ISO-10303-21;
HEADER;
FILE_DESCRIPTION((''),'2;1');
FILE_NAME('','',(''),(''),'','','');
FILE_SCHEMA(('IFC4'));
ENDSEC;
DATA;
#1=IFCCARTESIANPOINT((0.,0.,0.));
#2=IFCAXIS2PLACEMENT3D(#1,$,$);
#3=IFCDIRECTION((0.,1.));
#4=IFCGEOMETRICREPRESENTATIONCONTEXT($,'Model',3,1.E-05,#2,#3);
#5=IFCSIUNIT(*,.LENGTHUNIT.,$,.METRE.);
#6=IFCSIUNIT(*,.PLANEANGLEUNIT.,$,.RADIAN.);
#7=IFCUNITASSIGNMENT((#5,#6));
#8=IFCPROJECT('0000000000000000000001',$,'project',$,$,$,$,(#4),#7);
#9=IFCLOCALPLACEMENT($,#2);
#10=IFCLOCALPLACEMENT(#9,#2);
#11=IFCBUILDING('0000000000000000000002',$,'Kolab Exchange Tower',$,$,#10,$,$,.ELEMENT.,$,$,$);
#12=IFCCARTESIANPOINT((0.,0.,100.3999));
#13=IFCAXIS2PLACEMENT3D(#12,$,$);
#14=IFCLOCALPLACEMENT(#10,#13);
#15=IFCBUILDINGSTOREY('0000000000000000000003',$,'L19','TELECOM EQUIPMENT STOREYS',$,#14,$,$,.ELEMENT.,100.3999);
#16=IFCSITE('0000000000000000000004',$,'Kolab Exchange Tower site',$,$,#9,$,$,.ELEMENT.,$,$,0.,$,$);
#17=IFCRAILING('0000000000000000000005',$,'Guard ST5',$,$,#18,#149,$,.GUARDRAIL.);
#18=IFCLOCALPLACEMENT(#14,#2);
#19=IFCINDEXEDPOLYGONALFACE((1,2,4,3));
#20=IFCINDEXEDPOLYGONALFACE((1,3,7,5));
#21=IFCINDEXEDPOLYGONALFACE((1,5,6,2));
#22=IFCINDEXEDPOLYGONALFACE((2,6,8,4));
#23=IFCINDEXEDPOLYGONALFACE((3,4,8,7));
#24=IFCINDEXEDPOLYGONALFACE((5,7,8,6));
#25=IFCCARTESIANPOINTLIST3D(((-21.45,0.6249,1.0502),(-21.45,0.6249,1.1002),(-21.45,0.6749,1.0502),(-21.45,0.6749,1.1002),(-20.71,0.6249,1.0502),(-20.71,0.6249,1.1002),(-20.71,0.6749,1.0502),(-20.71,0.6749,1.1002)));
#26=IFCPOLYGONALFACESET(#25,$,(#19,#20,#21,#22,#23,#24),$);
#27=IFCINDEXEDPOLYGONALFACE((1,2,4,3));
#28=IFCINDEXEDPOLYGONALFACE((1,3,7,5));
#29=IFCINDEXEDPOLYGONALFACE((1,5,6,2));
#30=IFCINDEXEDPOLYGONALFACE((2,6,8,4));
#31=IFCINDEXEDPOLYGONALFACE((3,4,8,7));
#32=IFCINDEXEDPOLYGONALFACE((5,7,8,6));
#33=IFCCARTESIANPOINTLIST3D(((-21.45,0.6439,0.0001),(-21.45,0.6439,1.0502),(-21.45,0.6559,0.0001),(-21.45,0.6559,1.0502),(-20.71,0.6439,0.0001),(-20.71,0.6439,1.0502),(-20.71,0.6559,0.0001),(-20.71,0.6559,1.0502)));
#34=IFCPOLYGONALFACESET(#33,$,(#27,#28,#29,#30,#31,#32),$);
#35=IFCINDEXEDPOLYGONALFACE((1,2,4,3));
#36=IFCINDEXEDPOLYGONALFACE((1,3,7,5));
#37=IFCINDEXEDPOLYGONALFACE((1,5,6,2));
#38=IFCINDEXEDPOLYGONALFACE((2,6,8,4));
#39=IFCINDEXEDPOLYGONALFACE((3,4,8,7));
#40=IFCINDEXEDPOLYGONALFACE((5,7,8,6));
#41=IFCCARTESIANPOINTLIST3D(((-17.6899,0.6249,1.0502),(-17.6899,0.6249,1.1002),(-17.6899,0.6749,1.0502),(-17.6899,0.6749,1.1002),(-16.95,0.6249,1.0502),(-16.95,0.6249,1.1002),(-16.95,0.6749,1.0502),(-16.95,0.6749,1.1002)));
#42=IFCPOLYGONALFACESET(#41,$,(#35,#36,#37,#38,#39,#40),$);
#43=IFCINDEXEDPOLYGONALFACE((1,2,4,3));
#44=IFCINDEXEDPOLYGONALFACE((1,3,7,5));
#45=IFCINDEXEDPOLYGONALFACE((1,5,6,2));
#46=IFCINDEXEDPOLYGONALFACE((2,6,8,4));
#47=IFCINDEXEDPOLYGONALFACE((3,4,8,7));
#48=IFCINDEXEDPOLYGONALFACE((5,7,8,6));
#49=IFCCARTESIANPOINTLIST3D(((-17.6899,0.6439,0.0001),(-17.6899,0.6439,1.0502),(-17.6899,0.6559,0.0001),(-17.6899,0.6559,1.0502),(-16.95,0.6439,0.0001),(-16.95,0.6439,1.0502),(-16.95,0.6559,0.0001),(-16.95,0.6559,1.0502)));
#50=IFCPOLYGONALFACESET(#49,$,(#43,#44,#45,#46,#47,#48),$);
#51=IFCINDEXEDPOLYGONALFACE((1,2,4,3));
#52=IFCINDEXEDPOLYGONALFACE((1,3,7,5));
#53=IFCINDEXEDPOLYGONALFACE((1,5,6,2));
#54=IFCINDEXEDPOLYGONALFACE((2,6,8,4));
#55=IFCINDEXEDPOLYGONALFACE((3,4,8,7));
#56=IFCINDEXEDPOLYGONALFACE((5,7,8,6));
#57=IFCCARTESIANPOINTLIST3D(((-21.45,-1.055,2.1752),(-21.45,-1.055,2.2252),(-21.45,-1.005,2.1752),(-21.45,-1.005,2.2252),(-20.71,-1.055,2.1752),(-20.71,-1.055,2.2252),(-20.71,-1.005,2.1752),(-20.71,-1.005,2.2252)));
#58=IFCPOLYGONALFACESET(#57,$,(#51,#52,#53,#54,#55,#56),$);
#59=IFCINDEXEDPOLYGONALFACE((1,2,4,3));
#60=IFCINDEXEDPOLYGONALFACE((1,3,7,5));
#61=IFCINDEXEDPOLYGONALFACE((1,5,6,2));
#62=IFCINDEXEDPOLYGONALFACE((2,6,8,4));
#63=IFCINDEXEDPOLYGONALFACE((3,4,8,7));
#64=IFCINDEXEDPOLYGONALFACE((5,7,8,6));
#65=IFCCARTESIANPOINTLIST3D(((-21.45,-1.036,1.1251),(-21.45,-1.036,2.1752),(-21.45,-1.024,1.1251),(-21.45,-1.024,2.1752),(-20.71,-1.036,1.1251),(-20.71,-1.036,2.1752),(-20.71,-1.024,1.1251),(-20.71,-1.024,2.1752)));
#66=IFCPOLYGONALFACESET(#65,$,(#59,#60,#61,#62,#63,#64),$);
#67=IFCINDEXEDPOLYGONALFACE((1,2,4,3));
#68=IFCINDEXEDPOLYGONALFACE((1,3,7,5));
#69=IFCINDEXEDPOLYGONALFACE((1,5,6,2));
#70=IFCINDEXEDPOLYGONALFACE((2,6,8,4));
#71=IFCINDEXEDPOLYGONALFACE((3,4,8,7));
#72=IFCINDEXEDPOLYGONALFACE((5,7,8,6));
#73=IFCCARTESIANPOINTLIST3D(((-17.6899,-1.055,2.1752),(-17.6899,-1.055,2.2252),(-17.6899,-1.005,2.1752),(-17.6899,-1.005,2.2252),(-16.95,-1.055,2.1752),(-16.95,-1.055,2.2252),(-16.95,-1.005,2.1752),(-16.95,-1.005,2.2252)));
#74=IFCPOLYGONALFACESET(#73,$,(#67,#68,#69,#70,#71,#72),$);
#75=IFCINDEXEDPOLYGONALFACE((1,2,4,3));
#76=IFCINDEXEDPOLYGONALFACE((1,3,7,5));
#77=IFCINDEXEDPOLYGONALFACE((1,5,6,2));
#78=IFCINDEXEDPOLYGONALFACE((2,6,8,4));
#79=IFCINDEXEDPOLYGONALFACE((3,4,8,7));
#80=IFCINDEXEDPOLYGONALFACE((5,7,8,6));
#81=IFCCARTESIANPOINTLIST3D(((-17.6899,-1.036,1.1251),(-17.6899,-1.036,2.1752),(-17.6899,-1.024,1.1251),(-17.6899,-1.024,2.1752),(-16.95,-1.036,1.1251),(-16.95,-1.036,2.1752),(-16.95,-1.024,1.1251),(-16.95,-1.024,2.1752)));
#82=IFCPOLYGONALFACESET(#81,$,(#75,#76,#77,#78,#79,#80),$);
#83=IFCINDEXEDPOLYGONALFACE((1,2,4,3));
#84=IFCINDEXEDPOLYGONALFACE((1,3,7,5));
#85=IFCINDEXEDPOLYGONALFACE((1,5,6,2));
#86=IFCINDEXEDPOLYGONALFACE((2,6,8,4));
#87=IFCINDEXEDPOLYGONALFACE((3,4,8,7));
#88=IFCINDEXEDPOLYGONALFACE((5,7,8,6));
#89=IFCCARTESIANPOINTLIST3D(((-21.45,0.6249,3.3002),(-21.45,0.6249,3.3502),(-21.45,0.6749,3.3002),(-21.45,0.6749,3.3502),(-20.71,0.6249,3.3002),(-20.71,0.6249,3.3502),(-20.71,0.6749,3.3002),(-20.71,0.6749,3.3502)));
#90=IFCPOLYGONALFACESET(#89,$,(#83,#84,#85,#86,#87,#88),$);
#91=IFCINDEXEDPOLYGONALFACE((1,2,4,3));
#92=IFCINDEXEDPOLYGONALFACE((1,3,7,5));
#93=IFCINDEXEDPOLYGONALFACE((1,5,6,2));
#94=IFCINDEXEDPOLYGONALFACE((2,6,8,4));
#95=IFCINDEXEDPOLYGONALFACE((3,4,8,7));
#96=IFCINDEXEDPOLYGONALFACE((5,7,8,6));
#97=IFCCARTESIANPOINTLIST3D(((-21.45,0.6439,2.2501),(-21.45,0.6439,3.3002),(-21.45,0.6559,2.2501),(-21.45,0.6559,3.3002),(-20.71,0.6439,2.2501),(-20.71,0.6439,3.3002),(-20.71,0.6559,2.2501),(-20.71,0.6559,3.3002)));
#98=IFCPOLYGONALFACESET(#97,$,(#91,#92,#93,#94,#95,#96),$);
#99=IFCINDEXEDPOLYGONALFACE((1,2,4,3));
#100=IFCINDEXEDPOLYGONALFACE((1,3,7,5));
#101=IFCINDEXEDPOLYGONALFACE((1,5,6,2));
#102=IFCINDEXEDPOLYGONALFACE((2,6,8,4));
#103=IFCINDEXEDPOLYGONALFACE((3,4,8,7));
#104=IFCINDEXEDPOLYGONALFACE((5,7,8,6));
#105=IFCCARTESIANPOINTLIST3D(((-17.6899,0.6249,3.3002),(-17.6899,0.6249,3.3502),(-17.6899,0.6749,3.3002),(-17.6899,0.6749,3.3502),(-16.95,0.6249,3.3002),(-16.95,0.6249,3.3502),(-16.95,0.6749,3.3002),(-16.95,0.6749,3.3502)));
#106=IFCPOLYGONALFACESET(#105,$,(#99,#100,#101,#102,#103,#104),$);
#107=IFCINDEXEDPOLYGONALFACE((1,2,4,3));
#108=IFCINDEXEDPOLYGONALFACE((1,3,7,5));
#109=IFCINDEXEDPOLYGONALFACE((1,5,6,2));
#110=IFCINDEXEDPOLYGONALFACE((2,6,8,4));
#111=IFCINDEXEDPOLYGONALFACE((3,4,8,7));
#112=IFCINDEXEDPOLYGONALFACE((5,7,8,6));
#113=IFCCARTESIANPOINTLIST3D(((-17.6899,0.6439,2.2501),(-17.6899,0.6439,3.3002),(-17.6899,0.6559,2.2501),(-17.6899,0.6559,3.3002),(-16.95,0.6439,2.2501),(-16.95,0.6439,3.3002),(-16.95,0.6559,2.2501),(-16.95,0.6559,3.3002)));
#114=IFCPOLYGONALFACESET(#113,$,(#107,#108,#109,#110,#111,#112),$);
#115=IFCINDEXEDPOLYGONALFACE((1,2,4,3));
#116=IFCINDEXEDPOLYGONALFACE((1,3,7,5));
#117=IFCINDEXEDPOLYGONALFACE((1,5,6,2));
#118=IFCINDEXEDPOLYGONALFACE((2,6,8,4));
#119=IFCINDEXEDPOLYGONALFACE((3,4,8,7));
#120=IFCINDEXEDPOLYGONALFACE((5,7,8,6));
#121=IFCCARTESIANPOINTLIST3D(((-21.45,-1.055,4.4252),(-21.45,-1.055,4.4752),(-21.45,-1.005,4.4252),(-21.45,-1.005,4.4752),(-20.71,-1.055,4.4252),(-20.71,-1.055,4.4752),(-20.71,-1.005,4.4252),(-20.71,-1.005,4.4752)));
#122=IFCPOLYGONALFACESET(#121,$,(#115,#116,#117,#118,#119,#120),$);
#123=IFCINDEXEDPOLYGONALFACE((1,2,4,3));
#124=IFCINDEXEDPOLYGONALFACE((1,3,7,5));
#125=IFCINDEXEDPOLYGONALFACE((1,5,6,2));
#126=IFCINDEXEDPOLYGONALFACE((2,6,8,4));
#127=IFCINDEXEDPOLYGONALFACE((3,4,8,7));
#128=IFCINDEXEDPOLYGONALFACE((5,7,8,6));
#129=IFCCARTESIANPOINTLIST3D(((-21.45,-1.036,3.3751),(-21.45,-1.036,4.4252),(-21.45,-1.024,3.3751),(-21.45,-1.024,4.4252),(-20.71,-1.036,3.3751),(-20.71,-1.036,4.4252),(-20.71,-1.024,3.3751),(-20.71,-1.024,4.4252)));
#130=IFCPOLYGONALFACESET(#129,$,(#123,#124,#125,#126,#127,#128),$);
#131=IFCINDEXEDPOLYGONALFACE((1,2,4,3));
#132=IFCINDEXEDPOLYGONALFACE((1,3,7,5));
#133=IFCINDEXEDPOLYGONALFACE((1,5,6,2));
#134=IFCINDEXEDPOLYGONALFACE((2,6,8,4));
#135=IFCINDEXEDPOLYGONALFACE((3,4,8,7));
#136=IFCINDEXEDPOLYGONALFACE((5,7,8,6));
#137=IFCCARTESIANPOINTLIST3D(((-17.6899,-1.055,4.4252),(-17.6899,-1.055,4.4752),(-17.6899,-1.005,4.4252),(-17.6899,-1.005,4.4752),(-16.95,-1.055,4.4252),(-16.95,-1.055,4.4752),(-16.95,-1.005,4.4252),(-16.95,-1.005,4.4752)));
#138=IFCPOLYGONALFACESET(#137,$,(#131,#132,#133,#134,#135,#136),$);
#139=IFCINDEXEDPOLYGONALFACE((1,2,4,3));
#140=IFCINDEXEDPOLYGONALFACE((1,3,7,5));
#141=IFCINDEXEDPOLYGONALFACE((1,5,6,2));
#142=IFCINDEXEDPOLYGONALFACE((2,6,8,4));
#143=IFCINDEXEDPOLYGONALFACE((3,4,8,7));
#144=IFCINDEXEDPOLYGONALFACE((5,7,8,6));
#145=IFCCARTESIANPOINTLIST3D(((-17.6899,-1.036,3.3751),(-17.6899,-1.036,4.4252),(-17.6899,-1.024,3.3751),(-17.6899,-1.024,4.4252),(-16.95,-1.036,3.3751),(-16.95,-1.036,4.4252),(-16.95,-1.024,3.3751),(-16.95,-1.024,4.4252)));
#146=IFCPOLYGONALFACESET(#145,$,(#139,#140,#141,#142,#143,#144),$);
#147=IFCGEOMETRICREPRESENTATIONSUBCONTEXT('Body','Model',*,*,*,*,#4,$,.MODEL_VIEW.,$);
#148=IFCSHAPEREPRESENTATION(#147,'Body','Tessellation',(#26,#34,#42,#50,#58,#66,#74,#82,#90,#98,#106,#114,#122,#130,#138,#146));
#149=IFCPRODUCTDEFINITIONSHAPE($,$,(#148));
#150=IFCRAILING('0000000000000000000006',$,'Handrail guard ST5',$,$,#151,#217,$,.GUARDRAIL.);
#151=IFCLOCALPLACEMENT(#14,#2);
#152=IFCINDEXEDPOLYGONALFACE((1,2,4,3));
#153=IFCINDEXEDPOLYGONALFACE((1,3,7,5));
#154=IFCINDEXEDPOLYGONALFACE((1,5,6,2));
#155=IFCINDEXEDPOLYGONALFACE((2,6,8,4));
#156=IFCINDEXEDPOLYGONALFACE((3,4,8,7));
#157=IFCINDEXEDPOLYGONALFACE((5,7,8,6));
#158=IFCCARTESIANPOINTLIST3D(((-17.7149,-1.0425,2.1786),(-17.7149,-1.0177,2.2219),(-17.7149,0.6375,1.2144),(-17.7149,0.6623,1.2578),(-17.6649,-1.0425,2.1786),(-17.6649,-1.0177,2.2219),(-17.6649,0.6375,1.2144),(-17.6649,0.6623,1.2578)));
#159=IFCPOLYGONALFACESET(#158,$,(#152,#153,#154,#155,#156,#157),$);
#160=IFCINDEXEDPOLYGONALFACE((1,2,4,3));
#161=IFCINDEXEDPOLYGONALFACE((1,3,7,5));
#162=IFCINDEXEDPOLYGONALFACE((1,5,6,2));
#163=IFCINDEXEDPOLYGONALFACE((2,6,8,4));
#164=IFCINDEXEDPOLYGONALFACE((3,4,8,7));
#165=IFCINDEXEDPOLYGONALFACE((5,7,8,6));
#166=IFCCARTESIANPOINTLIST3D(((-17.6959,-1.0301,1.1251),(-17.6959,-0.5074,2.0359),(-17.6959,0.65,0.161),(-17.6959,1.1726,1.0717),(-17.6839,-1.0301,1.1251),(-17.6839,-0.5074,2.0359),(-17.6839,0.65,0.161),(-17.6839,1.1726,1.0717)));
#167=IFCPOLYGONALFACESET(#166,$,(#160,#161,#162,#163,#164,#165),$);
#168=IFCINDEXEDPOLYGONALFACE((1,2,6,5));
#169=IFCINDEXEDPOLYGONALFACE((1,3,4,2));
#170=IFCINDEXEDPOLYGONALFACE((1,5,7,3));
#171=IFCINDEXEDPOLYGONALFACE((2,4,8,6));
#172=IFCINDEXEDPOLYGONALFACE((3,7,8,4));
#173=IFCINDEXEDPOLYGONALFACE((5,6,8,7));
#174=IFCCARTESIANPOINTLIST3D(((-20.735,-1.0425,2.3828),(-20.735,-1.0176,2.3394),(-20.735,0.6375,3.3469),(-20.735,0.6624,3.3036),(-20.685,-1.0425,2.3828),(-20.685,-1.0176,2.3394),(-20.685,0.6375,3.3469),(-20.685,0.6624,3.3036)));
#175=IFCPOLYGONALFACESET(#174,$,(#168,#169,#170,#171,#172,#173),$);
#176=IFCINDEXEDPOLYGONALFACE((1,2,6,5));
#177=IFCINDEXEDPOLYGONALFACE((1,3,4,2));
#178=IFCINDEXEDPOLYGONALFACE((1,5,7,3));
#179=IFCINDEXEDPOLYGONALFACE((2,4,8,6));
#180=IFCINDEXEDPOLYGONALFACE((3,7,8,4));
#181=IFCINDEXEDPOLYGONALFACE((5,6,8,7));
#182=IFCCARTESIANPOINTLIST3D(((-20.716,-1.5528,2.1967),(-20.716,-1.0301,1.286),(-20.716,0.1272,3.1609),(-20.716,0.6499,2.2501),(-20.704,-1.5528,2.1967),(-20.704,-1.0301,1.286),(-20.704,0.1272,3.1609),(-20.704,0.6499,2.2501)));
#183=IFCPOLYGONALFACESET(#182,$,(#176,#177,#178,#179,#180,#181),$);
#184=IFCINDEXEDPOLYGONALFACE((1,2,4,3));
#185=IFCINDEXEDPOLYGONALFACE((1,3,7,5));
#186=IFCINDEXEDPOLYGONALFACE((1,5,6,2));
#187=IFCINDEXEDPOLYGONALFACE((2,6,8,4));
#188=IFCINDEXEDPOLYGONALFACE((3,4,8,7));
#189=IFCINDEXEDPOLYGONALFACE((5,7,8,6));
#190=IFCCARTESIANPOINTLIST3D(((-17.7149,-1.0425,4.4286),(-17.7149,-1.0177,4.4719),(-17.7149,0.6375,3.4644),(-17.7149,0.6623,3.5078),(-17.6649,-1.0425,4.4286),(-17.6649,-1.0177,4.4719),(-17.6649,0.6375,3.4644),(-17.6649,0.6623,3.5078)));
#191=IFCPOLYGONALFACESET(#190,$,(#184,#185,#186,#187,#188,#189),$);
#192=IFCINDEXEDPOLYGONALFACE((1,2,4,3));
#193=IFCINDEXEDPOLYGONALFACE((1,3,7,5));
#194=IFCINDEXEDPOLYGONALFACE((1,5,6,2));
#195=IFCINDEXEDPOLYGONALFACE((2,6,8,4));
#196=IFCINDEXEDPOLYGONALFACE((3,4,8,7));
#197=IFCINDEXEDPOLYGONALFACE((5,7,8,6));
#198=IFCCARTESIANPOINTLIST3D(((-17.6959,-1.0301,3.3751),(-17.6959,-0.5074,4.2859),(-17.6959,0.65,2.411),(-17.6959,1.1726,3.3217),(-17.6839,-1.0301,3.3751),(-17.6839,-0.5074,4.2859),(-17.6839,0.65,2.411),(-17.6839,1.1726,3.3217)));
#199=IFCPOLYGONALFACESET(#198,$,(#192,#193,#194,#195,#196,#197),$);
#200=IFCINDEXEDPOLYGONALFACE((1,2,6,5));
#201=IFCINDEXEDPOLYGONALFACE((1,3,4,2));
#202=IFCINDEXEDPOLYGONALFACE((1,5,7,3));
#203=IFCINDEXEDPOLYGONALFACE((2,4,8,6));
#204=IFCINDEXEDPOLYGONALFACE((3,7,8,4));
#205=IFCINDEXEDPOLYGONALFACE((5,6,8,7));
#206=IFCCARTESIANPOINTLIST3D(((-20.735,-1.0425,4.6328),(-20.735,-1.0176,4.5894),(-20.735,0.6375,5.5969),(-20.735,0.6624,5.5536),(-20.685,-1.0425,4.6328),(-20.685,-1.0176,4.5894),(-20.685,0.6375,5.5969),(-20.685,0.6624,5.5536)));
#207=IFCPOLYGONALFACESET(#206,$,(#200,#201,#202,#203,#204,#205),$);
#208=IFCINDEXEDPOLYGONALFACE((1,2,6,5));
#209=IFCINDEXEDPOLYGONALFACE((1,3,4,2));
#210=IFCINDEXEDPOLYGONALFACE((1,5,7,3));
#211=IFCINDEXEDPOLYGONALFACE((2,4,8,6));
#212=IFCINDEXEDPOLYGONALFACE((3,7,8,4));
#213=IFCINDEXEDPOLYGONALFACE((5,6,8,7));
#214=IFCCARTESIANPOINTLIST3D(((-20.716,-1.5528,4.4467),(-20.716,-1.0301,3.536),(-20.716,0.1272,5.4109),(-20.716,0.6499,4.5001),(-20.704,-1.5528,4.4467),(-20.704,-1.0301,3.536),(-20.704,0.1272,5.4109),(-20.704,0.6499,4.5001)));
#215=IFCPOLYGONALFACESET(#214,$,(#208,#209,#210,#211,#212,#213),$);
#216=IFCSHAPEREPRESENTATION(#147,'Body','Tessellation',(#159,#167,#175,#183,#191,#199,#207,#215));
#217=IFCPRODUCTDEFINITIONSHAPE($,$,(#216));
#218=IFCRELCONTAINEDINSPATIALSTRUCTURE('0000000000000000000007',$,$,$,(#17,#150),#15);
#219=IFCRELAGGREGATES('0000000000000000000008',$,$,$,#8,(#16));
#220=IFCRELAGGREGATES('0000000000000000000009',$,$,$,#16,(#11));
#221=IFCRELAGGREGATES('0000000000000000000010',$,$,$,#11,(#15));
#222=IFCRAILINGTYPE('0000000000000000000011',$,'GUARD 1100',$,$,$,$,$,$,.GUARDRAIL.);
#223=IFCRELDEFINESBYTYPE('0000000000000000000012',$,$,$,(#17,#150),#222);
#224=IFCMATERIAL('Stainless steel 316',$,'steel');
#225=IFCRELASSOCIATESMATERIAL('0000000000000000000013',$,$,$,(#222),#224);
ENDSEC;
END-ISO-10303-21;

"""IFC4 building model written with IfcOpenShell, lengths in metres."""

from ifc_helpers import new_model, si_unit, direction, frame, frame_2d, origin, origin_2d, place, context, subcontext, project, spatial, rectangle, extrude, material, type_object, element, save


model = new_model("IFC4")

# Units and contexts
model_context = context("Model", 3, precision=1e-05, world=origin(), true_north=direction((0.0, 1.0)))
body_context = subcontext(model_context, "Body", "Model", "MODEL_VIEW")
ifc_project = project(units=[si_unit("LENGTHUNIT", "METRE"), si_unit("PLANEANGLEUNIT", "RADIAN")], contexts=[model_context])

# Site, building, storey
site_placement = place(None, origin())
site = spatial("IfcSite", under=ifc_project, at=site_placement, Name="Kolab Exchange Tower site", CompositionType="ELEMENT", RefElevation=0.0)
building_placement = place(site_placement, origin())
building = spatial("IfcBuilding", under=site, at=building_placement, Name="Kolab Exchange Tower", CompositionType="ELEMENT")
storey_placement = place(building_placement, frame((0.0, 0.0, 100.3999)))
storey = spatial("IfcBuildingStorey", under=building, at=storey_placement, Name="L19", Description="TELECOM EQUIPMENT STOREYS", CompositionType="ELEMENT", Elevation=100.3999)

# Railings
ifc_material_1 = material(Name="Stainless steel 316", Category="steel")
railing_type = type_object("IfcRailingType", Name="GUARD 1100", PredefinedType="GUARDRAIL", material=ifc_material_1)
railing_1_placement = place(storey_placement, frame((-21.45, 0.6499, 0.0)))
element("IfcRailing", 1, at=railing_1_placement, inside=storey, type_object=railing_type, Name="Guard ST5", PredefinedType="GUARDRAIL", context=body_context, shape_type="SweptSolid", body=[
    extrude(rectangle(XDim=0.05, YDim=0.05, at=origin_2d()), frame((0.0, 0.0, 1.0752), z_axis=(1.0, 0.0, 0.0), x_axis=(0.0, 1.0, 0.0)), (0.0, 0.0, 1.0), 0.74),
    extrude(rectangle(XDim=0.012, YDim=1.0501, at=frame_2d((0.0, 0.5251))), frame((0.0, 0.0, 0.0), z_axis=(1.0, 0.0, 0.0), x_axis=(0.0, 1.0, 0.0)), (0.0, 0.0, 1.0), 0.74),
    extrude(rectangle(XDim=0.05, YDim=0.05, at=origin_2d()), frame((3.76, 0.0, 1.0752), z_axis=(1.0, 0.0, 0.0), x_axis=(0.0, 1.0, 0.0)), (0.0, 0.0, 1.0), 0.74),
    extrude(rectangle(XDim=0.012, YDim=1.0501, at=frame_2d((0.0, 0.5251))), frame((3.76, 0.0, 0.0), z_axis=(1.0, 0.0, 0.0), x_axis=(0.0, 1.0, 0.0)), (0.0, 0.0, 1.0), 0.74),
    extrude(rectangle(XDim=0.05, YDim=0.05, at=origin_2d()), frame((0.0, -1.6799, 2.2002), z_axis=(1.0, 0.0, 0.0), x_axis=(0.0, 1.0, 0.0)), (0.0, 0.0, 1.0), 0.74),
    extrude(rectangle(XDim=0.012, YDim=1.0501, at=frame_2d((0.0, 0.5251))), frame((0.0, -1.6799, 1.125), z_axis=(1.0, 0.0, 0.0), x_axis=(0.0, 1.0, 0.0)), (0.0, 0.0, 1.0), 0.74),
    extrude(rectangle(XDim=0.05, YDim=0.05, at=origin_2d()), frame((3.76, -1.6799, 2.2002), z_axis=(1.0, 0.0, 0.0), x_axis=(0.0, 1.0, 0.0)), (0.0, 0.0, 1.0), 0.74),
    extrude(rectangle(XDim=0.012, YDim=1.0501, at=frame_2d((0.0, 0.5251))), frame((3.76, -1.6799, 1.125), z_axis=(1.0, 0.0, 0.0), x_axis=(0.0, 1.0, 0.0)), (0.0, 0.0, 1.0), 0.74),
    extrude(rectangle(XDim=0.05, YDim=0.05, at=origin_2d()), frame((0.0, 0.0, 3.3252), z_axis=(1.0, 0.0, 0.0), x_axis=(0.0, 1.0, 0.0)), (0.0, 0.0, 1.0), 0.74),
    extrude(rectangle(XDim=0.012, YDim=1.0501, at=frame_2d((0.0, 0.5251))), frame((0.0, 0.0, 2.25), z_axis=(1.0, 0.0, 0.0), x_axis=(0.0, 1.0, 0.0)), (0.0, 0.0, 1.0), 0.74),
    extrude(rectangle(XDim=0.05, YDim=0.05, at=origin_2d()), frame((3.76, 0.0, 3.3252), z_axis=(1.0, 0.0, 0.0), x_axis=(0.0, 1.0, 0.0)), (0.0, 0.0, 1.0), 0.74),
    extrude(rectangle(XDim=0.012, YDim=1.0501, at=frame_2d((0.0, 0.5251))), frame((3.76, 0.0, 2.25), z_axis=(1.0, 0.0, 0.0), x_axis=(0.0, 1.0, 0.0)), (0.0, 0.0, 1.0), 0.74),
    extrude(rectangle(XDim=0.05, YDim=0.05, at=origin_2d()), frame((0.0, -1.6799, 4.4502), z_axis=(1.0, 0.0, 0.0), x_axis=(0.0, 1.0, 0.0)), (0.0, 0.0, 1.0), 0.74),
    extrude(rectangle(XDim=0.012, YDim=1.0501, at=frame_2d((0.0, 0.5251))), frame((0.0, -1.6799, 3.375), z_axis=(1.0, 0.0, 0.0), x_axis=(0.0, 1.0, 0.0)), (0.0, 0.0, 1.0), 0.74),
    extrude(rectangle(XDim=0.05, YDim=0.05, at=origin_2d()), frame((3.76, -1.6799, 4.4502), z_axis=(1.0, 0.0, 0.0), x_axis=(0.0, 1.0, 0.0)), (0.0, 0.0, 1.0), 0.74),
    extrude(rectangle(XDim=0.012, YDim=1.0501, at=frame_2d((0.0, 0.5251))), frame((3.76, -1.6799, 3.375), z_axis=(1.0, 0.0, 0.0), x_axis=(0.0, 1.0, 0.0)), (0.0, 0.0, 1.0), 0.74),
])
railing_2_placement = place(storey_placement, frame((-17.6899, 0.6499, 0.1609)))
element("IfcRailing", 2, at=railing_2_placement, inside=storey, type_object=railing_type, Name="Handrail guard ST5", PredefinedType="GUARDRAIL", context=body_context, shape_type="SweptSolid", body=[
    extrude(rectangle(XDim=0.05, YDim=0.05, at=origin_2d()), frame((0.0, 0.0, 1.0752), z_axis=(0.0, -0.867319, 0.497753), x_axis=(1.0, 0.0, 0.0)), (0.0, 0.0, 1.0), 1.937),
    extrude(rectangle(XDim=0.012, YDim=1.0501, at=frame_2d((0.0, 0.5251))), frame((0.0, 0.0, 0.0), z_axis=(0.0, -0.867319, 0.497753), x_axis=(1.0, 0.0, 0.0)), (0.0, 0.0, 1.0), 1.937),
    extrude(rectangle(XDim=0.05, YDim=0.05, at=origin_2d()), frame((-3.02, -1.6799, 2.2002), z_axis=(0.0, 0.867319, 0.497753), x_axis=(-1.0, 0.0, 0.0)), (0.0, 0.0, 1.0), 1.937),
    extrude(rectangle(XDim=0.012, YDim=1.0501, at=frame_2d((0.0, 0.5251))), frame((-3.02, -1.6799, 1.125), z_axis=(0.0, 0.867319, 0.497753), x_axis=(-1.0, 0.0, 0.0)), (0.0, 0.0, 1.0), 1.937),
    extrude(rectangle(XDim=0.05, YDim=0.05, at=origin_2d()), frame((0.0, 0.0, 3.3252), z_axis=(0.0, -0.867319, 0.497753), x_axis=(1.0, 0.0, 0.0)), (0.0, 0.0, 1.0), 1.937),
    extrude(rectangle(XDim=0.012, YDim=1.0501, at=frame_2d((0.0, 0.5251))), frame((0.0, 0.0, 2.25), z_axis=(0.0, -0.867319, 0.497753), x_axis=(1.0, 0.0, 0.0)), (0.0, 0.0, 1.0), 1.937),
    extrude(rectangle(XDim=0.05, YDim=0.05, at=origin_2d()), frame((-3.02, -1.6799, 4.4502), z_axis=(0.0, 0.867319, 0.497753), x_axis=(-1.0, 0.0, 0.0)), (0.0, 0.0, 1.0), 1.937),
    extrude(rectangle(XDim=0.012, YDim=1.0501, at=frame_2d((0.0, 0.5251))), frame((-3.02, -1.6799, 3.375), z_axis=(0.0, 0.867319, 0.497753), x_axis=(-1.0, 0.0, 0.0)), (0.0, 0.0, 1.0), 1.937),
])

save(model, "model.ifc")
